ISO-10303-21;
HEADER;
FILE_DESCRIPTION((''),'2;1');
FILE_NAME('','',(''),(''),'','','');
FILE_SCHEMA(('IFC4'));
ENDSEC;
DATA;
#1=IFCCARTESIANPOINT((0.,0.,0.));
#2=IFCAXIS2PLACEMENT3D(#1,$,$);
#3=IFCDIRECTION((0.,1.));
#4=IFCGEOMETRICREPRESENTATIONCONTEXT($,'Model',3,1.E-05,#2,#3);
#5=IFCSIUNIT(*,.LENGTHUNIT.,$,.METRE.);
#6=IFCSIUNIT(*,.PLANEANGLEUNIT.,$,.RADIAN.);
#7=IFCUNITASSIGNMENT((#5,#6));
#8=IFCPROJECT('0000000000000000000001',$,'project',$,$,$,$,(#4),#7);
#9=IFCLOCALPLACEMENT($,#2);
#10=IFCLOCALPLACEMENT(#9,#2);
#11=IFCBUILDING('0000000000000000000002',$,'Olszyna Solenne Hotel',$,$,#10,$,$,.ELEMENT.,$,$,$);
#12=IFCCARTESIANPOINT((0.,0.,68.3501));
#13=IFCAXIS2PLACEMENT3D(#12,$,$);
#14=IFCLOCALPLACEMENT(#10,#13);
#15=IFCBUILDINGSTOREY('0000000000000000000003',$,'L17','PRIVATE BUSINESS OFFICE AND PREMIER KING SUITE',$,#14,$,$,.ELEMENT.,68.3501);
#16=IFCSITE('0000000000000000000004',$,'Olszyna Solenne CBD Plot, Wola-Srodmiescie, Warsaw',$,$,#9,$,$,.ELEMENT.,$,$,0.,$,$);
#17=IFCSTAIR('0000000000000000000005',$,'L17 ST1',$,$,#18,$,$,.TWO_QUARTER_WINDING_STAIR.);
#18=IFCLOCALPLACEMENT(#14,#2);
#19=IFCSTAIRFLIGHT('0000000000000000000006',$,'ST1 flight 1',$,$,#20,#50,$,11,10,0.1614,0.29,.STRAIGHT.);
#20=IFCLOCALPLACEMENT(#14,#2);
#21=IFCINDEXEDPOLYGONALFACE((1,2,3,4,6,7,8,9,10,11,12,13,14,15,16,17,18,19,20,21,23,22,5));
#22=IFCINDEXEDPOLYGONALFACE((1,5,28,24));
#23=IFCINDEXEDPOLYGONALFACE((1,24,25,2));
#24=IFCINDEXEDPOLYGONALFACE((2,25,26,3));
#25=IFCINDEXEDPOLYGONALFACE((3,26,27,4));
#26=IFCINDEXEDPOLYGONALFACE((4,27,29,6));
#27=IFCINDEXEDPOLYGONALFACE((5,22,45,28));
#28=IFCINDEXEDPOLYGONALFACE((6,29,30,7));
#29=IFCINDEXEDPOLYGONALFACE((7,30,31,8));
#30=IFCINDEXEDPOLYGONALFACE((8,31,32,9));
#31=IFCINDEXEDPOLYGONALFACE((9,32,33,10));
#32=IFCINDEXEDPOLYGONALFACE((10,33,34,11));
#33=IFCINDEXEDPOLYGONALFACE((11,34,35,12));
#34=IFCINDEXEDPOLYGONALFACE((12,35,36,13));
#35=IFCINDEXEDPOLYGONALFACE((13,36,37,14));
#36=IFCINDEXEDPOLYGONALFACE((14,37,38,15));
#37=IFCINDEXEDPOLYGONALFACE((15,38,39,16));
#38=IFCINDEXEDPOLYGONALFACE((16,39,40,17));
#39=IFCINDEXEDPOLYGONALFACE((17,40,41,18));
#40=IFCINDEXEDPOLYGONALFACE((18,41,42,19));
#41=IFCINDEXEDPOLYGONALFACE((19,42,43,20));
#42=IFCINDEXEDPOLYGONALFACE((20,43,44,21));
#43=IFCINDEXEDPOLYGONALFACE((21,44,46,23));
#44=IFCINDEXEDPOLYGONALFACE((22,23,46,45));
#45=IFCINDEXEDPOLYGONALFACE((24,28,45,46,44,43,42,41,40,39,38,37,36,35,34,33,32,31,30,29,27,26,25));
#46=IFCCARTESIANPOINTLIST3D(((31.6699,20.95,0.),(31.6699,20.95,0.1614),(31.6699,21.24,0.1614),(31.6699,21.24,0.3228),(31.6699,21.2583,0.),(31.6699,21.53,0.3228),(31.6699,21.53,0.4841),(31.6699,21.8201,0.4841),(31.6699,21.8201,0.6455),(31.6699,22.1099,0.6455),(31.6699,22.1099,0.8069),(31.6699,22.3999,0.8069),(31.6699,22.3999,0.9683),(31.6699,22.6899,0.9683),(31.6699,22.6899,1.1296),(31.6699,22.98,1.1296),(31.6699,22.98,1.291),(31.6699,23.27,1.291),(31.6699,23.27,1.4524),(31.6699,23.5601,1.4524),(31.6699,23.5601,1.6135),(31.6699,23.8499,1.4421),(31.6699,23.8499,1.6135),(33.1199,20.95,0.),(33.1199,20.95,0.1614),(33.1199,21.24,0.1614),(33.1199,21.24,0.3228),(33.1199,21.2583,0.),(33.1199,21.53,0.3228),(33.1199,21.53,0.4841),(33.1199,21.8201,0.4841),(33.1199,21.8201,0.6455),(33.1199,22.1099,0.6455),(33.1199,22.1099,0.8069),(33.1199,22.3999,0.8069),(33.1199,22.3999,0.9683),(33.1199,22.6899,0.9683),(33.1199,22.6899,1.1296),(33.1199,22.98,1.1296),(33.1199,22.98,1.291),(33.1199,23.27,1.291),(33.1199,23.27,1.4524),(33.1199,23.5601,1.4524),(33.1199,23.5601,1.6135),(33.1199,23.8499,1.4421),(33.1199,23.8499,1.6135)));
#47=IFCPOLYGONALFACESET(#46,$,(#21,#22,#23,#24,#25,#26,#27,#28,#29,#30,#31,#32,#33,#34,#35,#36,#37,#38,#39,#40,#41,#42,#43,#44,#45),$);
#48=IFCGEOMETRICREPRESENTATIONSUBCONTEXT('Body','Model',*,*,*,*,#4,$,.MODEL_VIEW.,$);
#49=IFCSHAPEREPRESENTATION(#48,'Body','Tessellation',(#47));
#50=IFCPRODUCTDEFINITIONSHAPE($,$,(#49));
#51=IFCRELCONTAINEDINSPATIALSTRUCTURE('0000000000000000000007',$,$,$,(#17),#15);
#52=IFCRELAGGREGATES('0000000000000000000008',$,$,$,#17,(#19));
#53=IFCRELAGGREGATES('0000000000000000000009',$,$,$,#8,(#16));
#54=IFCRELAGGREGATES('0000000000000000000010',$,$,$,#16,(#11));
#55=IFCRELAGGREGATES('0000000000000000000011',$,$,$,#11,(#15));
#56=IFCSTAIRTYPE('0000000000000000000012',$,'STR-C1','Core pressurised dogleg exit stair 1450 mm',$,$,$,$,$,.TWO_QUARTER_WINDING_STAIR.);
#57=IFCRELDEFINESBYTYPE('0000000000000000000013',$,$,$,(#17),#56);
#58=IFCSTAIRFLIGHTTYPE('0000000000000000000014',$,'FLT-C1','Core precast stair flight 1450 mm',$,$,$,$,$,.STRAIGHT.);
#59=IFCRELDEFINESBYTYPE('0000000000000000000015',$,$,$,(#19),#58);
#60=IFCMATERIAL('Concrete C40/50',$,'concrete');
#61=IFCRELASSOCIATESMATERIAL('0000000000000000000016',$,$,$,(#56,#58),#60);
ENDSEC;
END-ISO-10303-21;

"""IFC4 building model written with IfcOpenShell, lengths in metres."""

from ifc_helpers import new_model, si_unit, direction, frame, origin, place, context, subcontext, project, spatial, polyline, outline, extrude, material, type_object, element, aggregate, save


model = new_model("IFC4")

# Units and contexts
model_context = context("Model", 3, precision=1e-05, world=origin(), true_north=direction((0.0, 1.0)))
body_context = subcontext(model_context, "Body", "Model", "MODEL_VIEW")
ifc_project = project(units=[si_unit("LENGTHUNIT", "METRE"), si_unit("PLANEANGLEUNIT", "RADIAN")], contexts=[model_context])

# Site, building, storey
site_placement = place(None, origin())
site = spatial("IfcSite", under=ifc_project, at=site_placement, Name="Olszyna Solenne CBD Plot, Wola-Srodmiescie, Warsaw", CompositionType="ELEMENT", RefElevation=0.0)
building_placement = place(site_placement, origin())
building = spatial("IfcBuilding", under=site, at=building_placement, Name="Olszyna Solenne Hotel", CompositionType="ELEMENT")
storey_placement = place(building_placement, frame((0.0, 0.0, 68.3501)))
storey = spatial("IfcBuildingStorey", under=building, at=storey_placement, Name="L17", Description="PRIVATE BUSINESS OFFICE AND PREMIER KING SUITE", CompositionType="ELEMENT", Elevation=68.3501)

# Stair, stair flight
ifc_material_1 = material(Name="Concrete C40/50", Category="concrete")
stair_type = type_object("IfcStairType", Name="STR-C1", Description="Core pressurised dogleg exit stair 1450 mm", PredefinedType="TWO_QUARTER_WINDING_STAIR", material=ifc_material_1)
stair_placement = place(storey_placement, origin())
stair = element("IfcStair", 1, at=stair_placement, inside=storey, type_object=stair_type, Name="L17 ST1", PredefinedType="TWO_QUARTER_WINDING_STAIR")
stair_flight_type = type_object("IfcStairFlightType", Name="FLT-C1", Description="Core precast stair flight 1450 mm", PredefinedType="STRAIGHT", material=ifc_material_1)
stair_flight_placement = place(storey_placement, frame((32.395, 20.95, 0.0), z_axis=(0.0, 0.0, 1.0), x_axis=(0.0, 1.0, 0.0)))
stair_flight = element("IfcStairFlight", 2, at=stair_flight_placement, type_object=stair_flight_type, Name="ST1 flight 1", NumberOfRisers=11, NumberOfTreads=10, PredefinedType="STRAIGHT", RiserHeight=0.1614, TreadLength=0.29, context=body_context, shape_type="SweptSolid", body=[
    extrude(outline(polyline([(0.0, 0.0), (0.0, 0.1614), (0.29, 0.1614), (0.29, 0.3228), (0.5801, 0.3228), (0.5801, 0.4841), (0.8701, 0.4841), (0.8701, 0.6455), (1.1599, 0.6455), (1.1599, 0.8069), (1.45, 0.8069), (1.45, 0.9683), (1.74, 0.9683), (1.74, 1.1296), (2.03, 1.1296), (2.03, 1.291), (2.3201, 1.291), (2.3201, 1.4524), (2.6101, 1.4524), (2.6101, 1.6135), (2.8999, 1.6135), (2.8999, 1.7749), (2.8999, 1.4421), (0.3083, 0.0), (0.0, 0.0)])), frame((0.0, 0.7251, 0.0), z_axis=(0.0, -1.0, 0.0), x_axis=(1.0, 0.0, 0.0)), (0.0, 0.0, 1.0), 1.45),
])
aggregate(stair, [stair_flight])

save(model, "model.ifc")
